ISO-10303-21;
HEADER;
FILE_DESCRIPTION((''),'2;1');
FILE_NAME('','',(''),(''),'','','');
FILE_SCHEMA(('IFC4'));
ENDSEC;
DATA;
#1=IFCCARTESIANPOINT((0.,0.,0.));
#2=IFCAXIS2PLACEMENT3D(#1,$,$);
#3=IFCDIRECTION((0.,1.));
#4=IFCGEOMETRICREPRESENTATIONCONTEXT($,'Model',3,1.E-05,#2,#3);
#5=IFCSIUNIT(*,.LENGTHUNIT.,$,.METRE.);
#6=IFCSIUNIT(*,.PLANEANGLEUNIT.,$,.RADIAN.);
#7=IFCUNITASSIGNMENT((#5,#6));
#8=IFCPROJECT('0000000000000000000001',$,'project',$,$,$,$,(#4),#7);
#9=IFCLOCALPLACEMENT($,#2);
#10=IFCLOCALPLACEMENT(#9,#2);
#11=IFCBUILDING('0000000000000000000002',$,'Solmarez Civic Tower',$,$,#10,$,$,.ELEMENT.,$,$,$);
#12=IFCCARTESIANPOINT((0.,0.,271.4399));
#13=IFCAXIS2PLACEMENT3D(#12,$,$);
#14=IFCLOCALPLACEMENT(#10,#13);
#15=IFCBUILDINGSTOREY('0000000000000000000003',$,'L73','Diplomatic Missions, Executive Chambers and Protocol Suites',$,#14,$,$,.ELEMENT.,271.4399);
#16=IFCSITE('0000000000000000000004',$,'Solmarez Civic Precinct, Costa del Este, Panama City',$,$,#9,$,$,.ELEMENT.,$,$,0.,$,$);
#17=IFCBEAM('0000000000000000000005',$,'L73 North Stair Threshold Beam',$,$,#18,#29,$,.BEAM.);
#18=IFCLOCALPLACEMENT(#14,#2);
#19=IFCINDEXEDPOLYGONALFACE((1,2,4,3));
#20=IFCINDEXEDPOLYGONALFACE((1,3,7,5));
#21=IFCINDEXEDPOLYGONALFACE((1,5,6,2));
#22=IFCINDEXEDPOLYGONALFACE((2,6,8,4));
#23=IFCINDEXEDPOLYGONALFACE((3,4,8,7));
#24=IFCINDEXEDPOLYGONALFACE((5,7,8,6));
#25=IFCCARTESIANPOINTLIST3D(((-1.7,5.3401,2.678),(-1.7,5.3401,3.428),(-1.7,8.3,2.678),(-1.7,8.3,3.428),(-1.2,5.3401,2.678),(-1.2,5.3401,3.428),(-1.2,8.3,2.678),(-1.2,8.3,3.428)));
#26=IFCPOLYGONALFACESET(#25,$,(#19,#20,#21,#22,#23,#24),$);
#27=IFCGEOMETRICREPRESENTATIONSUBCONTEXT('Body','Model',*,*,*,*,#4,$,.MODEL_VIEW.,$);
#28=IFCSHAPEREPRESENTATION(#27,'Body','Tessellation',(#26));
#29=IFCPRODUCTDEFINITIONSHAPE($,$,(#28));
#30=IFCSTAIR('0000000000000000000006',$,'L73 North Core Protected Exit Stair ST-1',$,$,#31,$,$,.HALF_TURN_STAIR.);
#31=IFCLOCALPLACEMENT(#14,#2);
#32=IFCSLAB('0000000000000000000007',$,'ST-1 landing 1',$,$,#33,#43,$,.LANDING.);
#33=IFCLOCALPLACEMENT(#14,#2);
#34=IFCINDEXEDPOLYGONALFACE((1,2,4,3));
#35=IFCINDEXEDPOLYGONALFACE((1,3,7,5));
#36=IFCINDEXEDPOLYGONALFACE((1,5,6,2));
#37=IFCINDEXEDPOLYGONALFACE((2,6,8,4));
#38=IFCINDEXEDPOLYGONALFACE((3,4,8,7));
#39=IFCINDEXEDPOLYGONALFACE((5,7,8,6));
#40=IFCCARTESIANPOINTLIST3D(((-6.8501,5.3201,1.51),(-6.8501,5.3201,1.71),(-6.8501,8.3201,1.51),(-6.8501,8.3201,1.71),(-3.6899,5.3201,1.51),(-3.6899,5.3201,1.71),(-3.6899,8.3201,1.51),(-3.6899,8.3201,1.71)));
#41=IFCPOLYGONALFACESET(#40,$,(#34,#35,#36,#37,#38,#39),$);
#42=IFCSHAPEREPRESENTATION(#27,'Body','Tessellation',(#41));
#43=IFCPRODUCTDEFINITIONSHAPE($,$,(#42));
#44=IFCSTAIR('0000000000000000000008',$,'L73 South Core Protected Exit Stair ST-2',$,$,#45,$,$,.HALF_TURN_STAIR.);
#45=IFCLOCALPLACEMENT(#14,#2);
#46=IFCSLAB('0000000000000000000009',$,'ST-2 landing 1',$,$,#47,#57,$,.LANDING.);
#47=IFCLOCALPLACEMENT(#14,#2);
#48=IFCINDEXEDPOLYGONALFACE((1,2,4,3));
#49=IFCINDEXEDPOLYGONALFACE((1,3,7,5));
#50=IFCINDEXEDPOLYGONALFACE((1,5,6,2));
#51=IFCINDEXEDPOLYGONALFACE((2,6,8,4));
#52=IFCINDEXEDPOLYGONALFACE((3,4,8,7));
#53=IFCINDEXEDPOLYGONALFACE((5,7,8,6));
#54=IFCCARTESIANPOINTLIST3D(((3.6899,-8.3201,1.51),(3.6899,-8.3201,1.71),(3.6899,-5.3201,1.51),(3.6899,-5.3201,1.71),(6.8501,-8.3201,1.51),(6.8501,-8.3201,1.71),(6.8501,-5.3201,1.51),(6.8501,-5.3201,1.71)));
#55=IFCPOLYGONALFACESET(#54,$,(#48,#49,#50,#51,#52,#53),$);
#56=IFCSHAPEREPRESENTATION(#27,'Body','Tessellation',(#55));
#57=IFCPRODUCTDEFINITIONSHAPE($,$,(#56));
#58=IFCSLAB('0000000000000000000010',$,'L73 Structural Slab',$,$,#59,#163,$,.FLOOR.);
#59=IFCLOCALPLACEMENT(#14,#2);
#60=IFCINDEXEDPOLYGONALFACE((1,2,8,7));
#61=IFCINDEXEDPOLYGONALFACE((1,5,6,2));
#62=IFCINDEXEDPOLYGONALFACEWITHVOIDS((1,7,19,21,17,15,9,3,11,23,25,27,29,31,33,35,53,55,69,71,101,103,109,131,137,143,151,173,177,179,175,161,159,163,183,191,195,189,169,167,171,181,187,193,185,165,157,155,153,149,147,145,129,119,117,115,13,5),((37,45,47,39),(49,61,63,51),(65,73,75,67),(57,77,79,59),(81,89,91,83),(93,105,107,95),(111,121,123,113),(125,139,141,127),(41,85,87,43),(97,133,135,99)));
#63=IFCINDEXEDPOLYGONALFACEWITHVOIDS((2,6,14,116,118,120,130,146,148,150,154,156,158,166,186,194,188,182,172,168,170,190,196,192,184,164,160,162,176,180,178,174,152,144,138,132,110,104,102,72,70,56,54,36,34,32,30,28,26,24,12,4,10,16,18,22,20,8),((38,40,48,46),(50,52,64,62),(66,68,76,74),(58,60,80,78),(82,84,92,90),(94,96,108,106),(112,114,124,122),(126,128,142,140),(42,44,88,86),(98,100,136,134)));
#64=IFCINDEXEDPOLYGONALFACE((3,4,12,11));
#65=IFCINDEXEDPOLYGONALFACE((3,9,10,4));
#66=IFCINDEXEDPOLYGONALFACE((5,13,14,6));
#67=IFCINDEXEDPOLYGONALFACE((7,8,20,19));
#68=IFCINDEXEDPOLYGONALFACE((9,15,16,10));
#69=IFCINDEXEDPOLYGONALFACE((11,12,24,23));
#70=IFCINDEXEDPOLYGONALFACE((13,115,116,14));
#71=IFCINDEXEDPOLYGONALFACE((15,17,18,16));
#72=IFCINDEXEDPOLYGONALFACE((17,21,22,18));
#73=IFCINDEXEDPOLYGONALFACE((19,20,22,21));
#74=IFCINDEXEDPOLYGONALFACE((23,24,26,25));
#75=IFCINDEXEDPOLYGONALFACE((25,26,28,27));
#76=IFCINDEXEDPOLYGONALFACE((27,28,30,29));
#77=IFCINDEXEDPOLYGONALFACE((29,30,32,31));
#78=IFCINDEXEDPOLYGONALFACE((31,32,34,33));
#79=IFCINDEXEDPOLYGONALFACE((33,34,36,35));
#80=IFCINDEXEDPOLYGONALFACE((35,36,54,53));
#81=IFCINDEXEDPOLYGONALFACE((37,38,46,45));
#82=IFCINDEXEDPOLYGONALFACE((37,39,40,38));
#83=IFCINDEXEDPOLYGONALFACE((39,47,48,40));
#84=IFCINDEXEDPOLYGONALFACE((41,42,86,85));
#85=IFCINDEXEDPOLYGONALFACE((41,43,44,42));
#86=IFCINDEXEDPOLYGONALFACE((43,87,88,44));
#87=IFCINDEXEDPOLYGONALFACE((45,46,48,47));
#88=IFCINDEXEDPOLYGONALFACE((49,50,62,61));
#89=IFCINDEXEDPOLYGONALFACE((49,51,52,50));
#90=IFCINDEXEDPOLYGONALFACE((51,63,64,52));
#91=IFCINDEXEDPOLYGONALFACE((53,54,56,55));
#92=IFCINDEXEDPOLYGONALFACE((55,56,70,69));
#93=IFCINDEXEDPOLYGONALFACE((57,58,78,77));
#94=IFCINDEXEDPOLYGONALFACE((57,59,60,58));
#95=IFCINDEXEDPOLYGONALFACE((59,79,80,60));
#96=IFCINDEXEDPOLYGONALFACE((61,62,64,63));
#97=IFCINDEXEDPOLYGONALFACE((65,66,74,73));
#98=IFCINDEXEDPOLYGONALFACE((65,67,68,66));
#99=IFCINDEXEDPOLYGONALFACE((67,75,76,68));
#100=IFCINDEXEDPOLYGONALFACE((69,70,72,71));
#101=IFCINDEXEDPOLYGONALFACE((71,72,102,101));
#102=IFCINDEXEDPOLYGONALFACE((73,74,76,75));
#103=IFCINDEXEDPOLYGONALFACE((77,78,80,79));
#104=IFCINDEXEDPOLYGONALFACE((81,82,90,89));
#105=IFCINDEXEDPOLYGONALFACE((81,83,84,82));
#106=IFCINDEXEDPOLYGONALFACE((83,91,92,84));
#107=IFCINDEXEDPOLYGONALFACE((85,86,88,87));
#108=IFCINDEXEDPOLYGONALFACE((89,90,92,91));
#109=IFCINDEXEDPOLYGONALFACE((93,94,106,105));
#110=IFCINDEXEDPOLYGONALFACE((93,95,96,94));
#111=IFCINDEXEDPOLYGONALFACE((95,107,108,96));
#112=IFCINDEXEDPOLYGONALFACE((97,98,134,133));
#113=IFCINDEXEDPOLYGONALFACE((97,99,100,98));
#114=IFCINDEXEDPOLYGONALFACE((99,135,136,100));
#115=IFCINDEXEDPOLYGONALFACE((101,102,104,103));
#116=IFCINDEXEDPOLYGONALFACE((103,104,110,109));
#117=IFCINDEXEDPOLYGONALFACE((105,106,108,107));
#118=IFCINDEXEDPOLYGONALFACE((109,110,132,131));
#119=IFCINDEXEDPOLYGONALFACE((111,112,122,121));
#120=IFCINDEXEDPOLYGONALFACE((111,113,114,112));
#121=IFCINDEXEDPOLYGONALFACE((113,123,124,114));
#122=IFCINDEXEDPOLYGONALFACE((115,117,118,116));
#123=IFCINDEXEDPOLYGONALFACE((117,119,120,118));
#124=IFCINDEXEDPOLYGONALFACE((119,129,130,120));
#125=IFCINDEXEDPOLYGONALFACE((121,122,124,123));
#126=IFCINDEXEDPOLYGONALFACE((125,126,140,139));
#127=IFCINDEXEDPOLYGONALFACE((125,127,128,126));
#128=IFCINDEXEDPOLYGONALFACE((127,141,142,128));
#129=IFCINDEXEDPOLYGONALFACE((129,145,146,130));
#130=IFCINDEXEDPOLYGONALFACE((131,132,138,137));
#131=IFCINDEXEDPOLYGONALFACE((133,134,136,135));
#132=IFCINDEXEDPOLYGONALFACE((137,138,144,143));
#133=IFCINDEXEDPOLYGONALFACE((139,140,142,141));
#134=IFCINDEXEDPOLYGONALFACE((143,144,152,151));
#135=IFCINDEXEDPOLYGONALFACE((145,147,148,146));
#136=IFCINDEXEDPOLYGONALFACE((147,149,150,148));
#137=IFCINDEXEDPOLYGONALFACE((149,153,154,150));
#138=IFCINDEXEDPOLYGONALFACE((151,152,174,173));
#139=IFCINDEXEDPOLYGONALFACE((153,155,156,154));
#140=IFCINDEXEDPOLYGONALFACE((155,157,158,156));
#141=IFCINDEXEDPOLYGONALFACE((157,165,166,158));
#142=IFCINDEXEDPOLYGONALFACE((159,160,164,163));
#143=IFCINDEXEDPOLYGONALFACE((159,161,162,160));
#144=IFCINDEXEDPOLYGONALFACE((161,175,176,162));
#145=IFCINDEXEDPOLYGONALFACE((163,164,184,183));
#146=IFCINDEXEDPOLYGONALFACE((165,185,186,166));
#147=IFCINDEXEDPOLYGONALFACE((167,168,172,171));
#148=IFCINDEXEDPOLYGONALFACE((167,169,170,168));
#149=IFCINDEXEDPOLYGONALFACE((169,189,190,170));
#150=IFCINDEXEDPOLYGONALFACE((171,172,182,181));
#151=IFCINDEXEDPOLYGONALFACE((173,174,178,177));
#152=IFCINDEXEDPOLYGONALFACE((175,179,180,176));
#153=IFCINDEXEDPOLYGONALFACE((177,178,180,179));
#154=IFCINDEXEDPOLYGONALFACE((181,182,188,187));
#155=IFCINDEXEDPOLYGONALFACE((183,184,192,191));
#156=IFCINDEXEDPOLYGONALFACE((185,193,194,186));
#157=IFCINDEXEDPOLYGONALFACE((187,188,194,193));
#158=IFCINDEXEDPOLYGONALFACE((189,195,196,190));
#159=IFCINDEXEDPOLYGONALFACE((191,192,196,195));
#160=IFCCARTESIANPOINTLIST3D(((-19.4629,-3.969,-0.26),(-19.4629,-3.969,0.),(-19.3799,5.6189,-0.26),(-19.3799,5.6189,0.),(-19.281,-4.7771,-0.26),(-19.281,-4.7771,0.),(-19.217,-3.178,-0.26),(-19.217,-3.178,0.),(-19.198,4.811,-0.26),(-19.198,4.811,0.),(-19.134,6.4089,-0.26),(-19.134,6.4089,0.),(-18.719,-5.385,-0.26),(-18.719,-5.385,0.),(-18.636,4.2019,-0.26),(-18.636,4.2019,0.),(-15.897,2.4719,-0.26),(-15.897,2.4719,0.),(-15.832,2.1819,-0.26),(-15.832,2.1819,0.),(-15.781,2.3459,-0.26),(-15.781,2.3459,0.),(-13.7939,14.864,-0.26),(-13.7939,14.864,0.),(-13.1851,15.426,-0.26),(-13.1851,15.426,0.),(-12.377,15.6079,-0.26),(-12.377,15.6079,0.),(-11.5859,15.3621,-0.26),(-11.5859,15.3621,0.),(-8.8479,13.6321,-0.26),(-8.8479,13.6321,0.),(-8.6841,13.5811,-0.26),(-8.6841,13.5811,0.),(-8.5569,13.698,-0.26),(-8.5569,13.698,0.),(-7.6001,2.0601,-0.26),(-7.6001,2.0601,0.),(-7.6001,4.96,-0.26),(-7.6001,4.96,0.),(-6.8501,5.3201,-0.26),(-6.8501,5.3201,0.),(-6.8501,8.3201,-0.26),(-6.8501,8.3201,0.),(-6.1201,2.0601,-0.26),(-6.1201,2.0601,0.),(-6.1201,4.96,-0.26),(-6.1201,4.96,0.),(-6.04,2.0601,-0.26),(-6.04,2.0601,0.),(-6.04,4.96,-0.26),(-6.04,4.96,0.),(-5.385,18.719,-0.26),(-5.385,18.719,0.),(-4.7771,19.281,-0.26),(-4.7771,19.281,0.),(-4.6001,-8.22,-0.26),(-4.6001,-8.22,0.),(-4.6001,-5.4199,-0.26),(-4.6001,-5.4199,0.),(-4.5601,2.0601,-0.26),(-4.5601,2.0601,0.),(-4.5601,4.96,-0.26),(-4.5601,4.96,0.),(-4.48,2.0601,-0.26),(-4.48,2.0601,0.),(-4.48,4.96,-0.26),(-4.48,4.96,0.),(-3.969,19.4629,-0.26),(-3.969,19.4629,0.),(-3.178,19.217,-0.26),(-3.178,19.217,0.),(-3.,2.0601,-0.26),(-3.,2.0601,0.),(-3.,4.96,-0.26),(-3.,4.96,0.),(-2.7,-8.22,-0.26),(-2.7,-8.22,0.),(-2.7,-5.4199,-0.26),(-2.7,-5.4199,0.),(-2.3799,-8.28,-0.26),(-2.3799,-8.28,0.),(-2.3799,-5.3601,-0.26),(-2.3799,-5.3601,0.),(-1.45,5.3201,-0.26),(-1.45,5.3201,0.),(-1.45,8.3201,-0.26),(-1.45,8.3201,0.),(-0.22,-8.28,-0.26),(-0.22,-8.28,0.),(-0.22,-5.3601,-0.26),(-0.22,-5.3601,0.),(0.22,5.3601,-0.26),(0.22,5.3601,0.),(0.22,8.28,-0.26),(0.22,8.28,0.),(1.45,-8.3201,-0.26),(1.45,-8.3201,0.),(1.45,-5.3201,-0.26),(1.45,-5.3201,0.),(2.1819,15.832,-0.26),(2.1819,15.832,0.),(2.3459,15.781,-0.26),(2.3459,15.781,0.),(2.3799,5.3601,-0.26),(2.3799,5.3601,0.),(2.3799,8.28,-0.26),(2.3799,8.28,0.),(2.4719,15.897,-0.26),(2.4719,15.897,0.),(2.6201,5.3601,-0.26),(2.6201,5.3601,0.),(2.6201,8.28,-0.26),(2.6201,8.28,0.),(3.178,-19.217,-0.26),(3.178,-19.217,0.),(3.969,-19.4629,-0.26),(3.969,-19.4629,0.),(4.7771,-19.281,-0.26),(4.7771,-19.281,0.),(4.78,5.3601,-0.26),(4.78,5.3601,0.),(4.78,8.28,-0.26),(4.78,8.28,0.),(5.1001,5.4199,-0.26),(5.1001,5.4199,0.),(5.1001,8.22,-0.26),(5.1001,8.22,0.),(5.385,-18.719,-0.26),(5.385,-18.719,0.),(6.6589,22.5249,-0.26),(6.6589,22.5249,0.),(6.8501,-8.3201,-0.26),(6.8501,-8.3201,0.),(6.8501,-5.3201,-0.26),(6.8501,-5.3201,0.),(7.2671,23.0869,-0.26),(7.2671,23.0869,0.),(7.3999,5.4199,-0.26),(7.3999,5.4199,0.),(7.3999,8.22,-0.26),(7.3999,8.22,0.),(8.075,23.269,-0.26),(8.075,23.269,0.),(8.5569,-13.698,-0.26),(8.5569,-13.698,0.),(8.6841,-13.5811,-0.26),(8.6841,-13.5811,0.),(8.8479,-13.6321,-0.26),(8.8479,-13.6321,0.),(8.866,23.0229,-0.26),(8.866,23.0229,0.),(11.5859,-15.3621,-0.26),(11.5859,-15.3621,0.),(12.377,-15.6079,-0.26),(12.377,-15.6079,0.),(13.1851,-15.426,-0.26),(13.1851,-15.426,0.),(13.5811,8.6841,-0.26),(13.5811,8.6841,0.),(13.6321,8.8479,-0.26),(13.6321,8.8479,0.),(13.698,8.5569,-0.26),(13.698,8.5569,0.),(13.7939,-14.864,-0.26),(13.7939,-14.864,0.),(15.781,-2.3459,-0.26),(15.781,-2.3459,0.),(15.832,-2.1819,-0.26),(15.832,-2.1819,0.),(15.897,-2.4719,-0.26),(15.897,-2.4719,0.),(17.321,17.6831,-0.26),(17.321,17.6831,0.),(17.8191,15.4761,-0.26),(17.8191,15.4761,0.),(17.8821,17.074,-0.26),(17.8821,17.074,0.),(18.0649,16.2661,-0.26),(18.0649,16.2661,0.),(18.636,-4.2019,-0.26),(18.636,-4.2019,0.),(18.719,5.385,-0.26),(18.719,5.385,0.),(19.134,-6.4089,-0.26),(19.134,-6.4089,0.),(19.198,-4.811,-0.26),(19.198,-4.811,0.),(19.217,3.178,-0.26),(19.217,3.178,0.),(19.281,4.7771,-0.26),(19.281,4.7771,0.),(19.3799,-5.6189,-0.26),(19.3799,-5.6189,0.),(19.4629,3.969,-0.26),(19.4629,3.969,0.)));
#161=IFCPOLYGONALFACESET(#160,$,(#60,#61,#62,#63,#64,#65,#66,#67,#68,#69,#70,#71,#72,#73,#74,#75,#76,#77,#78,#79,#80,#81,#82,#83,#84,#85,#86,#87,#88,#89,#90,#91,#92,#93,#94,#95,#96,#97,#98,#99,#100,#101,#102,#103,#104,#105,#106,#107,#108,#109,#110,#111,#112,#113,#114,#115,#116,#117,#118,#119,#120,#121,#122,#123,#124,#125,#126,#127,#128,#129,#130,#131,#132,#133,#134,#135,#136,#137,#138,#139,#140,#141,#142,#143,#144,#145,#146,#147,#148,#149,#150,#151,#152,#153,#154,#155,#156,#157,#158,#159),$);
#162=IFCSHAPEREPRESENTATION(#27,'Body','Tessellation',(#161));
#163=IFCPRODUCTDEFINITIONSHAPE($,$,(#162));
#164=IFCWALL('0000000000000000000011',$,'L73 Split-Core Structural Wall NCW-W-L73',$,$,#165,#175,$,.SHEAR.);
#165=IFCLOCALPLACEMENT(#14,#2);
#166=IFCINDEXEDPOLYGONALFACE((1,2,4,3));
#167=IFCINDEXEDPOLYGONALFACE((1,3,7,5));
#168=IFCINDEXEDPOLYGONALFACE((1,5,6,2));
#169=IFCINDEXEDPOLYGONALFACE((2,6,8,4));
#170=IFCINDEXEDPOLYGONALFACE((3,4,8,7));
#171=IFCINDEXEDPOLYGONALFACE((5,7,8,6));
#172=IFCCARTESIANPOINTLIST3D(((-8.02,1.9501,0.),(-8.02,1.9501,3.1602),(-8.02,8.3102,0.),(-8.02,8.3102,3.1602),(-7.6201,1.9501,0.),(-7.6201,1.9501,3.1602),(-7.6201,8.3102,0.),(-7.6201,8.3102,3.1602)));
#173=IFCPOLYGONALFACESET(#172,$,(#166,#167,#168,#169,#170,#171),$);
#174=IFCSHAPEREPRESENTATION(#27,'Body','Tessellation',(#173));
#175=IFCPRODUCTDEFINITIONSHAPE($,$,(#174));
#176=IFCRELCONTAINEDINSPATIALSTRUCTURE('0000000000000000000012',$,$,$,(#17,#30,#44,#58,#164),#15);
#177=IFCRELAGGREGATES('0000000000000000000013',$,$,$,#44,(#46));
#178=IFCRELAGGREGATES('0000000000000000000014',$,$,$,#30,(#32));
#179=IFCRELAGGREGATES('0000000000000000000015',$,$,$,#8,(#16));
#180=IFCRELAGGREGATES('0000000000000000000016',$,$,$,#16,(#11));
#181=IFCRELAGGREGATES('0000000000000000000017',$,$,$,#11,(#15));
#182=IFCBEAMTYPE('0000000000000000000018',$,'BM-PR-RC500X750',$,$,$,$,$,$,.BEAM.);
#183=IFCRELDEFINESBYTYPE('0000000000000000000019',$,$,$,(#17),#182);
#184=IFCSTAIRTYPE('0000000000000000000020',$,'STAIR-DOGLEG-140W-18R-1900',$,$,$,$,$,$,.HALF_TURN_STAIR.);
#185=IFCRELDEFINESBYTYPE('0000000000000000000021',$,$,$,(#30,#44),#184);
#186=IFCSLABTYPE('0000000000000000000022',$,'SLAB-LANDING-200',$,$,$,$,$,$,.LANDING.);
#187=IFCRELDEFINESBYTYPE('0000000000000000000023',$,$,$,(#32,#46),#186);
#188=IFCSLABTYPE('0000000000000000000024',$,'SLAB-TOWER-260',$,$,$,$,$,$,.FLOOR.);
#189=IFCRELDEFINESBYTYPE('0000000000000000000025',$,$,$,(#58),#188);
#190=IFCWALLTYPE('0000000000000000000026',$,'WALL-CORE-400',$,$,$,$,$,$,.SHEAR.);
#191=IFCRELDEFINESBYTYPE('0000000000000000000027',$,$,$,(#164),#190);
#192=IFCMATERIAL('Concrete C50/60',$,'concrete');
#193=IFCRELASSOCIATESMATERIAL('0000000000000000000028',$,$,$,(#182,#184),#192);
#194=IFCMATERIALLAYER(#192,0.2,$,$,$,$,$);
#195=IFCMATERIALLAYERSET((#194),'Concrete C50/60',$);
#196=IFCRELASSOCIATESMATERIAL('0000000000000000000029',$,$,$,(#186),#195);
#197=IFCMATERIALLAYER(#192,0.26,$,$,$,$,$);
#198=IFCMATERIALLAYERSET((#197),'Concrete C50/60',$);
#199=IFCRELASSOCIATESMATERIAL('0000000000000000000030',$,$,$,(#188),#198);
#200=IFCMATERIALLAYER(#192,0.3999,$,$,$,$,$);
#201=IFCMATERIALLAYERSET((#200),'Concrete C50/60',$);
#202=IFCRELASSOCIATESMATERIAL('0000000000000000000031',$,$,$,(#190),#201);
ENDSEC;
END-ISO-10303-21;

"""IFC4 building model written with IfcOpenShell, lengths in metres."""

from ifc_helpers import new_model, si_unit, direction, frame, frame_2d, origin, origin_2d, place, context, subcontext, project, spatial, polyline, rectangle, outline, extrude, material, layer, layer_set, material_profile, profile_set, type_object, element, aggregate, save


model = new_model("IFC4")

# Units and contexts
model_context = context("Model", 3, precision=1e-05, world=origin(), true_north=direction((0.0, 1.0)))
body_context = subcontext(model_context, "Body", "Model", "MODEL_VIEW")
ifc_project = project(units=[si_unit("LENGTHUNIT", "METRE"), si_unit("PLANEANGLEUNIT", "RADIAN")], contexts=[model_context])

# Site, building, storey
site_placement = place(None, origin())
site = spatial("IfcSite", under=ifc_project, at=site_placement, Name="Solmarez Civic Precinct, Costa del Este, Panama City", CompositionType="ELEMENT", RefElevation=0.0)
building_placement = place(site_placement, origin())
building = spatial("IfcBuilding", under=site, at=building_placement, Name="Solmarez Civic Tower", CompositionType="ELEMENT")
storey_placement = place(building_placement, frame((0.0, 0.0, 271.4399)))
storey = spatial("IfcBuildingStorey", under=building, at=storey_placement, Name="L73", Description="Diplomatic Missions, Executive Chambers and Protocol Suites", CompositionType="ELEMENT", Elevation=271.4399)

# Beam
ifc_material_1 = material(Name="Concrete C50/60", Category="concrete")
ifc_material_profile = material_profile(ifc_material_1, rectangle(XDim=0.5, YDim=0.75, at=origin_2d()), Name="RC500X750")
ifc_profile_set = profile_set([ifc_material_profile], Name="Concrete C50/60")
beam_type = type_object("IfcBeamType", Name="BM-PR-RC500X750", PredefinedType="BEAM", material=ifc_profile_set)
beam_placement = place(storey_placement, frame((-1.45, 5.3401, 3.053), z_axis=(0.0, 1.0, 0.0), x_axis=(-1.0, 0.0, 0.0)))
element("IfcBeam", 1, at=beam_placement, inside=storey, type_object=beam_type, Name="L73 North Stair Threshold Beam", PredefinedType="BEAM", context=body_context, shape_type="SweptSolid", body=[
    extrude(rectangle(XDim=0.5, YDim=0.75, at=origin_2d()), origin(), (0.0, 0.0, 1.0), 2.96),
])

# Stairs, slabs
stair_type = type_object("IfcStairType", Name="STAIR-DOGLEG-140W-18R-1900", PredefinedType="HALF_TURN_STAIR", material=ifc_material_1)
stair_1_placement = place(storey_placement, origin())
stair_1 = element("IfcStair", 2, at=stair_1_placement, inside=storey, type_object=stair_type, Name="L73 North Core Protected Exit Stair ST-1", PredefinedType="HALF_TURN_STAIR")
ifc_layer_1 = layer(ifc_material_1, 0.2)
ifc_layer_set_1 = layer_set([ifc_layer_1], Name="Concrete C50/60")
slab_type_1 = type_object("IfcSlabType", Name="SLAB-LANDING-200", PredefinedType="LANDING", material=ifc_layer_set_1)
slab_1_placement = place(storey_placement, frame((0.0, 0.0, 1.51)))
slab_1 = element("IfcSlab", 3, at=slab_1_placement, type_object=slab_type_1, Name="ST-1 landing 1", PredefinedType="LANDING", context=body_context, shape_type="SweptSolid", body=[
    extrude(outline(polyline([(-3.6899, 8.3201), (-6.8501, 8.3201), (-6.8501, 5.3201), (-3.6899, 5.3201), (-3.6899, 8.3201)])), origin(), (0.0, 0.0, 1.0), 0.2),
])
stair_2_placement = place(storey_placement, origin())
stair_2 = element("IfcStair", 4, at=stair_2_placement, inside=storey, type_object=stair_type, Name="L73 South Core Protected Exit Stair ST-2", PredefinedType="HALF_TURN_STAIR")
slab_2_placement = place(storey_placement, frame((0.0, 0.0, 1.51)))
slab_2 = element("IfcSlab", 5, at=slab_2_placement, type_object=slab_type_1, Name="ST-2 landing 1", PredefinedType="LANDING", context=body_context, shape_type="SweptSolid", body=[
    extrude(outline(polyline([(3.6899, -8.3201), (6.8501, -8.3201), (6.8501, -5.3201), (3.6899, -5.3201), (3.6899, -8.3201)])), origin(), (0.0, 0.0, 1.0), 0.2),
])
aggregate(stair_2, [slab_2])

# Slab
ifc_layer_2 = layer(ifc_material_1, 0.26)
ifc_layer_set_2 = layer_set([ifc_layer_2], Name="Concrete C50/60")
slab_type_2 = type_object("IfcSlabType", Name="SLAB-TOWER-260", PredefinedType="FLOOR", material=ifc_layer_set_2)
slab_3_placement = place(storey_placement, frame((0.0, 0.0, -0.26)))
element("IfcSlab", 6, at=slab_3_placement, inside=storey, type_object=slab_type_2, Name="L73 Structural Slab", PredefinedType="FLOOR", context=body_context, shape_type="SweptSolid", body=[
    extrude(outline(polyline([(8.8479, -13.6321), (11.5859, -15.3621), (12.377, -15.6079), (13.1851, -15.426), (13.7939, -14.864), (19.134, -6.4089), (19.3799, -5.6189), (19.198, -4.811), (18.636, -4.2019), (15.897, -2.4719), (15.781, -2.3459), (15.832, -2.1819), (19.217, 3.178), (19.4629, 3.969), (19.281, 4.7771), (18.719, 5.385), (13.698, 8.5569), (13.5811, 8.6841), (13.6321, 8.8479), (17.8191, 15.4761), (18.0649, 16.2661), (17.8821, 17.074), (17.321, 17.6831), (8.866, 23.0229), (8.075, 23.269), (7.2671, 23.0869), (6.6589, 22.5249), (2.4719, 15.897), (2.3459, 15.781), (2.1819, 15.832), (-3.178, 19.217), (-3.969, 19.4629), (-4.7771, 19.281), (-5.385, 18.719), (-8.5569, 13.698), (-8.6841, 13.5811), (-8.8479, 13.6321), (-11.5859, 15.3621), (-12.377, 15.6079), (-13.1851, 15.426), (-13.7939, 14.864), (-19.134, 6.4089), (-19.3799, 5.6189), (-19.198, 4.811), (-18.636, 4.2019), (-15.897, 2.4719), (-15.781, 2.3459), (-15.832, 2.1819), (-19.217, -3.178), (-19.4629, -3.969), (-19.281, -4.7771), (-18.719, -5.385), (3.178, -19.217), (3.969, -19.4629), (4.7771, -19.281), (5.385, -18.719), (8.5569, -13.698), (8.6841, -13.5811), (8.8479, -13.6321)]), holes=[polyline([(-1.45, 8.3201), (-6.8501, 8.3201), (-6.8501, 5.3201), (-1.45, 5.3201), (-1.45, 8.3201)]), polyline([(1.45, -8.3201), (6.8501, -8.3201), (6.8501, -5.3201), (1.45, -5.3201), (1.45, -8.3201)]), polyline([(0.22, 5.3601), (2.3799, 5.3601), (2.3799, 8.28), (0.22, 8.28), (0.22, 5.3601)]), polyline([(2.6201, 5.3601), (4.78, 5.3601), (4.78, 8.28), (2.6201, 8.28), (2.6201, 5.3601)]), polyline([(-2.3799, -8.28), (-0.22, -8.28), (-0.22, -5.3601), (-2.3799, -5.3601), (-2.3799, -8.28)]), polyline([(-7.6001, 2.0601), (-6.1201, 2.0601), (-6.1201, 4.96), (-7.6001, 4.96), (-7.6001, 2.0601)]), polyline([(-6.04, 2.0601), (-4.5601, 2.0601), (-4.5601, 4.96), (-6.04, 4.96), (-6.04, 2.0601)]), polyline([(-4.48, 2.0601), (-3.0, 2.0601), (-3.0, 4.96), (-4.48, 4.96), (-4.48, 2.0601)]), polyline([(5.1001, 5.4199), (7.3999, 5.4199), (7.3999, 8.22), (5.1001, 8.22), (5.1001, 5.4199)]), polyline([(-4.6001, -8.22), (-2.7, -8.22), (-2.7, -5.4199), (-4.6001, -5.4199), (-4.6001, -8.22)])]), origin(), (0.0, 0.0, 1.0), 0.26),
])

# Wall
ifc_layer_3 = layer(ifc_material_1, 0.3999)
ifc_layer_set_3 = layer_set([ifc_layer_3], Name="Concrete C50/60")
wall_type_1 = type_object("IfcWallType", Name="WALL-CORE-400", PredefinedType="SHEAR", material=ifc_layer_set_3)
wall_1_placement = place(storey_placement, frame((-7.8201, 1.95, 0.0), z_axis=(0.0, 0.0, 1.0), x_axis=(0.0, 1.0, 0.0)))
element("IfcWall", 7, at=wall_1_placement, inside=storey, type_object=wall_type_1, Name="L73 Split-Core Structural Wall NCW-W-L73", PredefinedType="SHEAR", context=body_context, shape_type="SweptSolid", body=[
    extrude(rectangle(XDim=6.3601, YDim=0.3999, at=frame_2d((3.1802, 0.0))), origin(), (0.0, 0.0, 1.0), 3.1602),
])

aggregate(stair_1, [slab_1])

save(model, "model.ifc")
